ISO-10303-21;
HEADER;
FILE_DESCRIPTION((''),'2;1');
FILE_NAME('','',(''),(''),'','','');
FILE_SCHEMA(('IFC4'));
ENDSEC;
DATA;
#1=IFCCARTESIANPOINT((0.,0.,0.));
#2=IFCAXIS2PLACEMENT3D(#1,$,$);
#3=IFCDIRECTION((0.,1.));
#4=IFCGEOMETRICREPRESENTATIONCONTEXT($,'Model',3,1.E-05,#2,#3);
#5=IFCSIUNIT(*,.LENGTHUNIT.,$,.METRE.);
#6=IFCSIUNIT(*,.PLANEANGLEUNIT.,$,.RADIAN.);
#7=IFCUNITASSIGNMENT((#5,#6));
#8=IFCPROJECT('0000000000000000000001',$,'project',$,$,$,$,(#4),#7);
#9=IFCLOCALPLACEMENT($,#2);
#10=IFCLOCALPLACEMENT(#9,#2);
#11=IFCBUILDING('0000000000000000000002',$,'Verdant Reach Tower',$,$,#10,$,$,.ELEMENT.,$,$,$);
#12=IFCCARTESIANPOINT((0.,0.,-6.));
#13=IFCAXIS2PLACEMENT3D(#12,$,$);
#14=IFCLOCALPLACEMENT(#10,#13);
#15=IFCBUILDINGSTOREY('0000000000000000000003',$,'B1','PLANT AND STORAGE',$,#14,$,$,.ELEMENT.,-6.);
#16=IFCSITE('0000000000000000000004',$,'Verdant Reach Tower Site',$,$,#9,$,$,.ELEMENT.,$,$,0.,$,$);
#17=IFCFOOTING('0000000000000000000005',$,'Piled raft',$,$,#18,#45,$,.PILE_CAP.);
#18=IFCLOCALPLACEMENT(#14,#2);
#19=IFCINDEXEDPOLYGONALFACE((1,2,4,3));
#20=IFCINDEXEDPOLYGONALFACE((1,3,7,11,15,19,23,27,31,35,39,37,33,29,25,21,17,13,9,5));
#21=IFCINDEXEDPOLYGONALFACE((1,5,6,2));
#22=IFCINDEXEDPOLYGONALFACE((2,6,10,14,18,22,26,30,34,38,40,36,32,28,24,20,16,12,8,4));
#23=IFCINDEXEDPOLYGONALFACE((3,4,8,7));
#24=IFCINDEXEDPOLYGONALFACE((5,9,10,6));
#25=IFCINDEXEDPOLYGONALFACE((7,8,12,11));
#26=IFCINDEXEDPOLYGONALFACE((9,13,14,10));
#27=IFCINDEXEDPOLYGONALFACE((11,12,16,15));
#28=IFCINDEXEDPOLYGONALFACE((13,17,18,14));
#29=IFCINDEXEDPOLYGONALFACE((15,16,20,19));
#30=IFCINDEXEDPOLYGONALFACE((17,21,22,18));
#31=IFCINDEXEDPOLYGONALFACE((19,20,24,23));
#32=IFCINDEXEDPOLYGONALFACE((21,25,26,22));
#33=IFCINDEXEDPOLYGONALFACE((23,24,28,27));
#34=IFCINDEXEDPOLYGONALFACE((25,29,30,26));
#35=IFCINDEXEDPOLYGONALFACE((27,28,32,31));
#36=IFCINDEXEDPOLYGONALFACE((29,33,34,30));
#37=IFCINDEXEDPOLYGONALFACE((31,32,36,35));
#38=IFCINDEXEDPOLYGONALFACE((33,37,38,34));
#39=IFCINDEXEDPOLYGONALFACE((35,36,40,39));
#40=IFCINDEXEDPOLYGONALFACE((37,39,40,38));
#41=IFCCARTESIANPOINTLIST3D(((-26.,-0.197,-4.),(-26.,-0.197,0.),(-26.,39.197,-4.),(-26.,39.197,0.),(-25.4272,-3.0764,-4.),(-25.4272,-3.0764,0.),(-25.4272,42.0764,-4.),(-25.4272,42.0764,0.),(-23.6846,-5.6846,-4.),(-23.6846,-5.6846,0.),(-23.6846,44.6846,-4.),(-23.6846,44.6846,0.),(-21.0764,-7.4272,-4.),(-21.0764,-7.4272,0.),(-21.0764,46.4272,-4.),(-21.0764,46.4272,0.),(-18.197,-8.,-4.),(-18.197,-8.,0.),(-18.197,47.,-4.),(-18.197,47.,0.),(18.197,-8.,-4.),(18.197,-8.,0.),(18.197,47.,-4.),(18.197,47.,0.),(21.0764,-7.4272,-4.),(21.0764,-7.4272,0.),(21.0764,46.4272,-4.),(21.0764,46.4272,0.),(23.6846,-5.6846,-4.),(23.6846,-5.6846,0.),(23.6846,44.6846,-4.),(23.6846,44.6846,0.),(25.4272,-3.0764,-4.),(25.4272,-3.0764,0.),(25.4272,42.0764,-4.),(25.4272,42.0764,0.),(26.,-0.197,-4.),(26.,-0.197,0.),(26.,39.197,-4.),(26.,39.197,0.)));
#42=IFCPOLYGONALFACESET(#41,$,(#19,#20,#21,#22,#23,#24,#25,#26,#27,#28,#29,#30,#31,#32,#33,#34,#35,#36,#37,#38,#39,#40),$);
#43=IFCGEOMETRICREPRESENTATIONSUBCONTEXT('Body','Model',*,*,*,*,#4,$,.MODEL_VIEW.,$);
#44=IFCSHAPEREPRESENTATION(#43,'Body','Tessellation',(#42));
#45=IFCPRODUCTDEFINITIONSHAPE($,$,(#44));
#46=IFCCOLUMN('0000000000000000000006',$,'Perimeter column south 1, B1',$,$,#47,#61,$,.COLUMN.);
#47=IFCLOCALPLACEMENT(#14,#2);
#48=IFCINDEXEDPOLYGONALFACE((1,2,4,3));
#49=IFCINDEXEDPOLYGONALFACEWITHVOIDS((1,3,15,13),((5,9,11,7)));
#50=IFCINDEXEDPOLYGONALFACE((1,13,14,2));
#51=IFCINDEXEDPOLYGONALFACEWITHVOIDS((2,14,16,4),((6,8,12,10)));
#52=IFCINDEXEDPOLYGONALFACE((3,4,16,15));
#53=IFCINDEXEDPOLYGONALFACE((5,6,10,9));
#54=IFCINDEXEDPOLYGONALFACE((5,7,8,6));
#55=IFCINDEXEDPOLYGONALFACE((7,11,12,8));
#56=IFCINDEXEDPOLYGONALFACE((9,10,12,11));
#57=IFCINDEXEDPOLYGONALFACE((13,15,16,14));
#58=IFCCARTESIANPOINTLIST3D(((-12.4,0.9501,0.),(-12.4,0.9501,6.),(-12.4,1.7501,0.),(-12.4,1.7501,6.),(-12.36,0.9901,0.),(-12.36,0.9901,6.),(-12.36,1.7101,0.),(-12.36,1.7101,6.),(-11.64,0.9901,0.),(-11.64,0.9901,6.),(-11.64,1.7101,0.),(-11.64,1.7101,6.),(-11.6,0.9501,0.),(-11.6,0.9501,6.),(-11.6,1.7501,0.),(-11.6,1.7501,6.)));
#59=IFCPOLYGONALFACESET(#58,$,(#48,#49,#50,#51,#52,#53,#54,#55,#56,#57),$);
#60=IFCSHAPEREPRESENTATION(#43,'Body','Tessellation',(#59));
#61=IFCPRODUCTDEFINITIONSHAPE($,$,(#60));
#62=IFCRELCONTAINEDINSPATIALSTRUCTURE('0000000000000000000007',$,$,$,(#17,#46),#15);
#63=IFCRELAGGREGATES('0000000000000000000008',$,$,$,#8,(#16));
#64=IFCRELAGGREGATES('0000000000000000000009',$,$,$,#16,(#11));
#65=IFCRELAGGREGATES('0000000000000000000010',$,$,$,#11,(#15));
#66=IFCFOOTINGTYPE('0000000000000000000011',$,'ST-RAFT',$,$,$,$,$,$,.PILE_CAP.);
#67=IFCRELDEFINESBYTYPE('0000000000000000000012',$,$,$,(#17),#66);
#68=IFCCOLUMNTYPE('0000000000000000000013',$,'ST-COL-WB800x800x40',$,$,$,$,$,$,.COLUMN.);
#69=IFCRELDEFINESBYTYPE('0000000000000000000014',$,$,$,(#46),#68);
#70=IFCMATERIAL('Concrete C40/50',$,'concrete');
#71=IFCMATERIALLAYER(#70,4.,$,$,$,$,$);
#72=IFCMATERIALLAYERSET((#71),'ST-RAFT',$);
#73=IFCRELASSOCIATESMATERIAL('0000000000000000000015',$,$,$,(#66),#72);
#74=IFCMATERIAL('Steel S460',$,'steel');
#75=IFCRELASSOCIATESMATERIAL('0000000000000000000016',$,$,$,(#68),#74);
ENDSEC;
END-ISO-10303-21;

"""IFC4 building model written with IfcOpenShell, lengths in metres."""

from ifc_helpers import new_model, si_unit, direction, frame, origin, origin_2d, place, context, subcontext, project, spatial, polyline, hollow_rectangle, outline, extrude, material, layer, layer_set, material_profile, profile_set, type_object, element, save


model = new_model("IFC4")

# Units and contexts
model_context = context("Model", 3, precision=1e-05, world=origin(), true_north=direction((0.0, 1.0)))
body_context = subcontext(model_context, "Body", "Model", "MODEL_VIEW")
ifc_project = project(units=[si_unit("LENGTHUNIT", "METRE"), si_unit("PLANEANGLEUNIT", "RADIAN")], contexts=[model_context])

# Site, building, storey
site_placement = place(None, origin())
site = spatial("IfcSite", under=ifc_project, at=site_placement, Name="Verdant Reach Tower Site", CompositionType="ELEMENT", RefElevation=0.0)
building_placement = place(site_placement, origin())
building = spatial("IfcBuilding", under=site, at=building_placement, Name="Verdant Reach Tower", CompositionType="ELEMENT")
storey_placement = place(building_placement, frame((0.0, 0.0, -6.0)))
storey = spatial("IfcBuildingStorey", under=building, at=storey_placement, Name="B1", Description="PLANT AND STORAGE", CompositionType="ELEMENT", Elevation=-6.0)

# Shared definitions
ifc_material_1 = material(Name="Concrete C40/50", Category="concrete")

# Footing
ifc_layer_1 = layer(ifc_material_1, 4.0)
ifc_layer_set_1 = layer_set([ifc_layer_1], Name="ST-RAFT")
footing_type = type_object("IfcFootingType", Name="ST-RAFT", PredefinedType="PILE_CAP", material=ifc_layer_set_1)
footing_placement = place(storey_placement, frame((0.0, 0.0, -4.0)))
element("IfcFooting", 1, at=footing_placement, inside=storey, type_object=footing_type, Name="Piled raft", PredefinedType="PILE_CAP", context=body_context, shape_type="SweptSolid", body=[
    extrude(outline(polyline([(18.197, -8.0), (-18.197, -8.0), (-21.0764, -7.4272), (-23.6846, -5.6846), (-25.4272, -3.0764), (-26.0, -0.197), (-26.0, 39.197), (-25.4272, 42.0764), (-23.6846, 44.6846), (-21.0764, 46.4272), (-18.197, 47.0), (18.197, 47.0), (21.0764, 46.4272), (23.6846, 44.6846), (25.4272, 42.0764), (26.0, 39.197), (26.0, -0.197), (25.4272, -3.0764), (23.6846, -5.6846), (21.0764, -7.4272), (18.197, -8.0)])), origin(), (0.0, 0.0, 1.0), 4.0),
])

# Column
ifc_material_2 = material(Name="Steel S460", Category="steel")
ifc_material_profile_1 = material_profile(ifc_material_2, hollow_rectangle(XDim=0.8, YDim=0.8, WallThickness=0.04, at=origin_2d()), Name="WB 800x800x40")
ifc_profile_set_1 = profile_set([ifc_material_profile_1], Name="Steel S460")
column_type = type_object("IfcColumnType", Name="ST-COL-WB800x800x40", PredefinedType="COLUMN", material=ifc_profile_set_1)
column_placement = place(storey_placement, frame((-12.0, 1.3501, 0.0), z_axis=(0.0, 0.0, 1.0), x_axis=(1.0, 0.0, 0.0)))
element("IfcColumn", 2, at=column_placement, inside=storey, type_object=column_type, Name="Perimeter column south 1, B1", PredefinedType="COLUMN", context=body_context, shape_type="SweptSolid", body=[
    extrude(hollow_rectangle(XDim=0.8, YDim=0.8, WallThickness=0.04, at=origin_2d()), origin(), (0.0, 0.0, 1.0), 6.0),
])

save(model, "model.ifc")
